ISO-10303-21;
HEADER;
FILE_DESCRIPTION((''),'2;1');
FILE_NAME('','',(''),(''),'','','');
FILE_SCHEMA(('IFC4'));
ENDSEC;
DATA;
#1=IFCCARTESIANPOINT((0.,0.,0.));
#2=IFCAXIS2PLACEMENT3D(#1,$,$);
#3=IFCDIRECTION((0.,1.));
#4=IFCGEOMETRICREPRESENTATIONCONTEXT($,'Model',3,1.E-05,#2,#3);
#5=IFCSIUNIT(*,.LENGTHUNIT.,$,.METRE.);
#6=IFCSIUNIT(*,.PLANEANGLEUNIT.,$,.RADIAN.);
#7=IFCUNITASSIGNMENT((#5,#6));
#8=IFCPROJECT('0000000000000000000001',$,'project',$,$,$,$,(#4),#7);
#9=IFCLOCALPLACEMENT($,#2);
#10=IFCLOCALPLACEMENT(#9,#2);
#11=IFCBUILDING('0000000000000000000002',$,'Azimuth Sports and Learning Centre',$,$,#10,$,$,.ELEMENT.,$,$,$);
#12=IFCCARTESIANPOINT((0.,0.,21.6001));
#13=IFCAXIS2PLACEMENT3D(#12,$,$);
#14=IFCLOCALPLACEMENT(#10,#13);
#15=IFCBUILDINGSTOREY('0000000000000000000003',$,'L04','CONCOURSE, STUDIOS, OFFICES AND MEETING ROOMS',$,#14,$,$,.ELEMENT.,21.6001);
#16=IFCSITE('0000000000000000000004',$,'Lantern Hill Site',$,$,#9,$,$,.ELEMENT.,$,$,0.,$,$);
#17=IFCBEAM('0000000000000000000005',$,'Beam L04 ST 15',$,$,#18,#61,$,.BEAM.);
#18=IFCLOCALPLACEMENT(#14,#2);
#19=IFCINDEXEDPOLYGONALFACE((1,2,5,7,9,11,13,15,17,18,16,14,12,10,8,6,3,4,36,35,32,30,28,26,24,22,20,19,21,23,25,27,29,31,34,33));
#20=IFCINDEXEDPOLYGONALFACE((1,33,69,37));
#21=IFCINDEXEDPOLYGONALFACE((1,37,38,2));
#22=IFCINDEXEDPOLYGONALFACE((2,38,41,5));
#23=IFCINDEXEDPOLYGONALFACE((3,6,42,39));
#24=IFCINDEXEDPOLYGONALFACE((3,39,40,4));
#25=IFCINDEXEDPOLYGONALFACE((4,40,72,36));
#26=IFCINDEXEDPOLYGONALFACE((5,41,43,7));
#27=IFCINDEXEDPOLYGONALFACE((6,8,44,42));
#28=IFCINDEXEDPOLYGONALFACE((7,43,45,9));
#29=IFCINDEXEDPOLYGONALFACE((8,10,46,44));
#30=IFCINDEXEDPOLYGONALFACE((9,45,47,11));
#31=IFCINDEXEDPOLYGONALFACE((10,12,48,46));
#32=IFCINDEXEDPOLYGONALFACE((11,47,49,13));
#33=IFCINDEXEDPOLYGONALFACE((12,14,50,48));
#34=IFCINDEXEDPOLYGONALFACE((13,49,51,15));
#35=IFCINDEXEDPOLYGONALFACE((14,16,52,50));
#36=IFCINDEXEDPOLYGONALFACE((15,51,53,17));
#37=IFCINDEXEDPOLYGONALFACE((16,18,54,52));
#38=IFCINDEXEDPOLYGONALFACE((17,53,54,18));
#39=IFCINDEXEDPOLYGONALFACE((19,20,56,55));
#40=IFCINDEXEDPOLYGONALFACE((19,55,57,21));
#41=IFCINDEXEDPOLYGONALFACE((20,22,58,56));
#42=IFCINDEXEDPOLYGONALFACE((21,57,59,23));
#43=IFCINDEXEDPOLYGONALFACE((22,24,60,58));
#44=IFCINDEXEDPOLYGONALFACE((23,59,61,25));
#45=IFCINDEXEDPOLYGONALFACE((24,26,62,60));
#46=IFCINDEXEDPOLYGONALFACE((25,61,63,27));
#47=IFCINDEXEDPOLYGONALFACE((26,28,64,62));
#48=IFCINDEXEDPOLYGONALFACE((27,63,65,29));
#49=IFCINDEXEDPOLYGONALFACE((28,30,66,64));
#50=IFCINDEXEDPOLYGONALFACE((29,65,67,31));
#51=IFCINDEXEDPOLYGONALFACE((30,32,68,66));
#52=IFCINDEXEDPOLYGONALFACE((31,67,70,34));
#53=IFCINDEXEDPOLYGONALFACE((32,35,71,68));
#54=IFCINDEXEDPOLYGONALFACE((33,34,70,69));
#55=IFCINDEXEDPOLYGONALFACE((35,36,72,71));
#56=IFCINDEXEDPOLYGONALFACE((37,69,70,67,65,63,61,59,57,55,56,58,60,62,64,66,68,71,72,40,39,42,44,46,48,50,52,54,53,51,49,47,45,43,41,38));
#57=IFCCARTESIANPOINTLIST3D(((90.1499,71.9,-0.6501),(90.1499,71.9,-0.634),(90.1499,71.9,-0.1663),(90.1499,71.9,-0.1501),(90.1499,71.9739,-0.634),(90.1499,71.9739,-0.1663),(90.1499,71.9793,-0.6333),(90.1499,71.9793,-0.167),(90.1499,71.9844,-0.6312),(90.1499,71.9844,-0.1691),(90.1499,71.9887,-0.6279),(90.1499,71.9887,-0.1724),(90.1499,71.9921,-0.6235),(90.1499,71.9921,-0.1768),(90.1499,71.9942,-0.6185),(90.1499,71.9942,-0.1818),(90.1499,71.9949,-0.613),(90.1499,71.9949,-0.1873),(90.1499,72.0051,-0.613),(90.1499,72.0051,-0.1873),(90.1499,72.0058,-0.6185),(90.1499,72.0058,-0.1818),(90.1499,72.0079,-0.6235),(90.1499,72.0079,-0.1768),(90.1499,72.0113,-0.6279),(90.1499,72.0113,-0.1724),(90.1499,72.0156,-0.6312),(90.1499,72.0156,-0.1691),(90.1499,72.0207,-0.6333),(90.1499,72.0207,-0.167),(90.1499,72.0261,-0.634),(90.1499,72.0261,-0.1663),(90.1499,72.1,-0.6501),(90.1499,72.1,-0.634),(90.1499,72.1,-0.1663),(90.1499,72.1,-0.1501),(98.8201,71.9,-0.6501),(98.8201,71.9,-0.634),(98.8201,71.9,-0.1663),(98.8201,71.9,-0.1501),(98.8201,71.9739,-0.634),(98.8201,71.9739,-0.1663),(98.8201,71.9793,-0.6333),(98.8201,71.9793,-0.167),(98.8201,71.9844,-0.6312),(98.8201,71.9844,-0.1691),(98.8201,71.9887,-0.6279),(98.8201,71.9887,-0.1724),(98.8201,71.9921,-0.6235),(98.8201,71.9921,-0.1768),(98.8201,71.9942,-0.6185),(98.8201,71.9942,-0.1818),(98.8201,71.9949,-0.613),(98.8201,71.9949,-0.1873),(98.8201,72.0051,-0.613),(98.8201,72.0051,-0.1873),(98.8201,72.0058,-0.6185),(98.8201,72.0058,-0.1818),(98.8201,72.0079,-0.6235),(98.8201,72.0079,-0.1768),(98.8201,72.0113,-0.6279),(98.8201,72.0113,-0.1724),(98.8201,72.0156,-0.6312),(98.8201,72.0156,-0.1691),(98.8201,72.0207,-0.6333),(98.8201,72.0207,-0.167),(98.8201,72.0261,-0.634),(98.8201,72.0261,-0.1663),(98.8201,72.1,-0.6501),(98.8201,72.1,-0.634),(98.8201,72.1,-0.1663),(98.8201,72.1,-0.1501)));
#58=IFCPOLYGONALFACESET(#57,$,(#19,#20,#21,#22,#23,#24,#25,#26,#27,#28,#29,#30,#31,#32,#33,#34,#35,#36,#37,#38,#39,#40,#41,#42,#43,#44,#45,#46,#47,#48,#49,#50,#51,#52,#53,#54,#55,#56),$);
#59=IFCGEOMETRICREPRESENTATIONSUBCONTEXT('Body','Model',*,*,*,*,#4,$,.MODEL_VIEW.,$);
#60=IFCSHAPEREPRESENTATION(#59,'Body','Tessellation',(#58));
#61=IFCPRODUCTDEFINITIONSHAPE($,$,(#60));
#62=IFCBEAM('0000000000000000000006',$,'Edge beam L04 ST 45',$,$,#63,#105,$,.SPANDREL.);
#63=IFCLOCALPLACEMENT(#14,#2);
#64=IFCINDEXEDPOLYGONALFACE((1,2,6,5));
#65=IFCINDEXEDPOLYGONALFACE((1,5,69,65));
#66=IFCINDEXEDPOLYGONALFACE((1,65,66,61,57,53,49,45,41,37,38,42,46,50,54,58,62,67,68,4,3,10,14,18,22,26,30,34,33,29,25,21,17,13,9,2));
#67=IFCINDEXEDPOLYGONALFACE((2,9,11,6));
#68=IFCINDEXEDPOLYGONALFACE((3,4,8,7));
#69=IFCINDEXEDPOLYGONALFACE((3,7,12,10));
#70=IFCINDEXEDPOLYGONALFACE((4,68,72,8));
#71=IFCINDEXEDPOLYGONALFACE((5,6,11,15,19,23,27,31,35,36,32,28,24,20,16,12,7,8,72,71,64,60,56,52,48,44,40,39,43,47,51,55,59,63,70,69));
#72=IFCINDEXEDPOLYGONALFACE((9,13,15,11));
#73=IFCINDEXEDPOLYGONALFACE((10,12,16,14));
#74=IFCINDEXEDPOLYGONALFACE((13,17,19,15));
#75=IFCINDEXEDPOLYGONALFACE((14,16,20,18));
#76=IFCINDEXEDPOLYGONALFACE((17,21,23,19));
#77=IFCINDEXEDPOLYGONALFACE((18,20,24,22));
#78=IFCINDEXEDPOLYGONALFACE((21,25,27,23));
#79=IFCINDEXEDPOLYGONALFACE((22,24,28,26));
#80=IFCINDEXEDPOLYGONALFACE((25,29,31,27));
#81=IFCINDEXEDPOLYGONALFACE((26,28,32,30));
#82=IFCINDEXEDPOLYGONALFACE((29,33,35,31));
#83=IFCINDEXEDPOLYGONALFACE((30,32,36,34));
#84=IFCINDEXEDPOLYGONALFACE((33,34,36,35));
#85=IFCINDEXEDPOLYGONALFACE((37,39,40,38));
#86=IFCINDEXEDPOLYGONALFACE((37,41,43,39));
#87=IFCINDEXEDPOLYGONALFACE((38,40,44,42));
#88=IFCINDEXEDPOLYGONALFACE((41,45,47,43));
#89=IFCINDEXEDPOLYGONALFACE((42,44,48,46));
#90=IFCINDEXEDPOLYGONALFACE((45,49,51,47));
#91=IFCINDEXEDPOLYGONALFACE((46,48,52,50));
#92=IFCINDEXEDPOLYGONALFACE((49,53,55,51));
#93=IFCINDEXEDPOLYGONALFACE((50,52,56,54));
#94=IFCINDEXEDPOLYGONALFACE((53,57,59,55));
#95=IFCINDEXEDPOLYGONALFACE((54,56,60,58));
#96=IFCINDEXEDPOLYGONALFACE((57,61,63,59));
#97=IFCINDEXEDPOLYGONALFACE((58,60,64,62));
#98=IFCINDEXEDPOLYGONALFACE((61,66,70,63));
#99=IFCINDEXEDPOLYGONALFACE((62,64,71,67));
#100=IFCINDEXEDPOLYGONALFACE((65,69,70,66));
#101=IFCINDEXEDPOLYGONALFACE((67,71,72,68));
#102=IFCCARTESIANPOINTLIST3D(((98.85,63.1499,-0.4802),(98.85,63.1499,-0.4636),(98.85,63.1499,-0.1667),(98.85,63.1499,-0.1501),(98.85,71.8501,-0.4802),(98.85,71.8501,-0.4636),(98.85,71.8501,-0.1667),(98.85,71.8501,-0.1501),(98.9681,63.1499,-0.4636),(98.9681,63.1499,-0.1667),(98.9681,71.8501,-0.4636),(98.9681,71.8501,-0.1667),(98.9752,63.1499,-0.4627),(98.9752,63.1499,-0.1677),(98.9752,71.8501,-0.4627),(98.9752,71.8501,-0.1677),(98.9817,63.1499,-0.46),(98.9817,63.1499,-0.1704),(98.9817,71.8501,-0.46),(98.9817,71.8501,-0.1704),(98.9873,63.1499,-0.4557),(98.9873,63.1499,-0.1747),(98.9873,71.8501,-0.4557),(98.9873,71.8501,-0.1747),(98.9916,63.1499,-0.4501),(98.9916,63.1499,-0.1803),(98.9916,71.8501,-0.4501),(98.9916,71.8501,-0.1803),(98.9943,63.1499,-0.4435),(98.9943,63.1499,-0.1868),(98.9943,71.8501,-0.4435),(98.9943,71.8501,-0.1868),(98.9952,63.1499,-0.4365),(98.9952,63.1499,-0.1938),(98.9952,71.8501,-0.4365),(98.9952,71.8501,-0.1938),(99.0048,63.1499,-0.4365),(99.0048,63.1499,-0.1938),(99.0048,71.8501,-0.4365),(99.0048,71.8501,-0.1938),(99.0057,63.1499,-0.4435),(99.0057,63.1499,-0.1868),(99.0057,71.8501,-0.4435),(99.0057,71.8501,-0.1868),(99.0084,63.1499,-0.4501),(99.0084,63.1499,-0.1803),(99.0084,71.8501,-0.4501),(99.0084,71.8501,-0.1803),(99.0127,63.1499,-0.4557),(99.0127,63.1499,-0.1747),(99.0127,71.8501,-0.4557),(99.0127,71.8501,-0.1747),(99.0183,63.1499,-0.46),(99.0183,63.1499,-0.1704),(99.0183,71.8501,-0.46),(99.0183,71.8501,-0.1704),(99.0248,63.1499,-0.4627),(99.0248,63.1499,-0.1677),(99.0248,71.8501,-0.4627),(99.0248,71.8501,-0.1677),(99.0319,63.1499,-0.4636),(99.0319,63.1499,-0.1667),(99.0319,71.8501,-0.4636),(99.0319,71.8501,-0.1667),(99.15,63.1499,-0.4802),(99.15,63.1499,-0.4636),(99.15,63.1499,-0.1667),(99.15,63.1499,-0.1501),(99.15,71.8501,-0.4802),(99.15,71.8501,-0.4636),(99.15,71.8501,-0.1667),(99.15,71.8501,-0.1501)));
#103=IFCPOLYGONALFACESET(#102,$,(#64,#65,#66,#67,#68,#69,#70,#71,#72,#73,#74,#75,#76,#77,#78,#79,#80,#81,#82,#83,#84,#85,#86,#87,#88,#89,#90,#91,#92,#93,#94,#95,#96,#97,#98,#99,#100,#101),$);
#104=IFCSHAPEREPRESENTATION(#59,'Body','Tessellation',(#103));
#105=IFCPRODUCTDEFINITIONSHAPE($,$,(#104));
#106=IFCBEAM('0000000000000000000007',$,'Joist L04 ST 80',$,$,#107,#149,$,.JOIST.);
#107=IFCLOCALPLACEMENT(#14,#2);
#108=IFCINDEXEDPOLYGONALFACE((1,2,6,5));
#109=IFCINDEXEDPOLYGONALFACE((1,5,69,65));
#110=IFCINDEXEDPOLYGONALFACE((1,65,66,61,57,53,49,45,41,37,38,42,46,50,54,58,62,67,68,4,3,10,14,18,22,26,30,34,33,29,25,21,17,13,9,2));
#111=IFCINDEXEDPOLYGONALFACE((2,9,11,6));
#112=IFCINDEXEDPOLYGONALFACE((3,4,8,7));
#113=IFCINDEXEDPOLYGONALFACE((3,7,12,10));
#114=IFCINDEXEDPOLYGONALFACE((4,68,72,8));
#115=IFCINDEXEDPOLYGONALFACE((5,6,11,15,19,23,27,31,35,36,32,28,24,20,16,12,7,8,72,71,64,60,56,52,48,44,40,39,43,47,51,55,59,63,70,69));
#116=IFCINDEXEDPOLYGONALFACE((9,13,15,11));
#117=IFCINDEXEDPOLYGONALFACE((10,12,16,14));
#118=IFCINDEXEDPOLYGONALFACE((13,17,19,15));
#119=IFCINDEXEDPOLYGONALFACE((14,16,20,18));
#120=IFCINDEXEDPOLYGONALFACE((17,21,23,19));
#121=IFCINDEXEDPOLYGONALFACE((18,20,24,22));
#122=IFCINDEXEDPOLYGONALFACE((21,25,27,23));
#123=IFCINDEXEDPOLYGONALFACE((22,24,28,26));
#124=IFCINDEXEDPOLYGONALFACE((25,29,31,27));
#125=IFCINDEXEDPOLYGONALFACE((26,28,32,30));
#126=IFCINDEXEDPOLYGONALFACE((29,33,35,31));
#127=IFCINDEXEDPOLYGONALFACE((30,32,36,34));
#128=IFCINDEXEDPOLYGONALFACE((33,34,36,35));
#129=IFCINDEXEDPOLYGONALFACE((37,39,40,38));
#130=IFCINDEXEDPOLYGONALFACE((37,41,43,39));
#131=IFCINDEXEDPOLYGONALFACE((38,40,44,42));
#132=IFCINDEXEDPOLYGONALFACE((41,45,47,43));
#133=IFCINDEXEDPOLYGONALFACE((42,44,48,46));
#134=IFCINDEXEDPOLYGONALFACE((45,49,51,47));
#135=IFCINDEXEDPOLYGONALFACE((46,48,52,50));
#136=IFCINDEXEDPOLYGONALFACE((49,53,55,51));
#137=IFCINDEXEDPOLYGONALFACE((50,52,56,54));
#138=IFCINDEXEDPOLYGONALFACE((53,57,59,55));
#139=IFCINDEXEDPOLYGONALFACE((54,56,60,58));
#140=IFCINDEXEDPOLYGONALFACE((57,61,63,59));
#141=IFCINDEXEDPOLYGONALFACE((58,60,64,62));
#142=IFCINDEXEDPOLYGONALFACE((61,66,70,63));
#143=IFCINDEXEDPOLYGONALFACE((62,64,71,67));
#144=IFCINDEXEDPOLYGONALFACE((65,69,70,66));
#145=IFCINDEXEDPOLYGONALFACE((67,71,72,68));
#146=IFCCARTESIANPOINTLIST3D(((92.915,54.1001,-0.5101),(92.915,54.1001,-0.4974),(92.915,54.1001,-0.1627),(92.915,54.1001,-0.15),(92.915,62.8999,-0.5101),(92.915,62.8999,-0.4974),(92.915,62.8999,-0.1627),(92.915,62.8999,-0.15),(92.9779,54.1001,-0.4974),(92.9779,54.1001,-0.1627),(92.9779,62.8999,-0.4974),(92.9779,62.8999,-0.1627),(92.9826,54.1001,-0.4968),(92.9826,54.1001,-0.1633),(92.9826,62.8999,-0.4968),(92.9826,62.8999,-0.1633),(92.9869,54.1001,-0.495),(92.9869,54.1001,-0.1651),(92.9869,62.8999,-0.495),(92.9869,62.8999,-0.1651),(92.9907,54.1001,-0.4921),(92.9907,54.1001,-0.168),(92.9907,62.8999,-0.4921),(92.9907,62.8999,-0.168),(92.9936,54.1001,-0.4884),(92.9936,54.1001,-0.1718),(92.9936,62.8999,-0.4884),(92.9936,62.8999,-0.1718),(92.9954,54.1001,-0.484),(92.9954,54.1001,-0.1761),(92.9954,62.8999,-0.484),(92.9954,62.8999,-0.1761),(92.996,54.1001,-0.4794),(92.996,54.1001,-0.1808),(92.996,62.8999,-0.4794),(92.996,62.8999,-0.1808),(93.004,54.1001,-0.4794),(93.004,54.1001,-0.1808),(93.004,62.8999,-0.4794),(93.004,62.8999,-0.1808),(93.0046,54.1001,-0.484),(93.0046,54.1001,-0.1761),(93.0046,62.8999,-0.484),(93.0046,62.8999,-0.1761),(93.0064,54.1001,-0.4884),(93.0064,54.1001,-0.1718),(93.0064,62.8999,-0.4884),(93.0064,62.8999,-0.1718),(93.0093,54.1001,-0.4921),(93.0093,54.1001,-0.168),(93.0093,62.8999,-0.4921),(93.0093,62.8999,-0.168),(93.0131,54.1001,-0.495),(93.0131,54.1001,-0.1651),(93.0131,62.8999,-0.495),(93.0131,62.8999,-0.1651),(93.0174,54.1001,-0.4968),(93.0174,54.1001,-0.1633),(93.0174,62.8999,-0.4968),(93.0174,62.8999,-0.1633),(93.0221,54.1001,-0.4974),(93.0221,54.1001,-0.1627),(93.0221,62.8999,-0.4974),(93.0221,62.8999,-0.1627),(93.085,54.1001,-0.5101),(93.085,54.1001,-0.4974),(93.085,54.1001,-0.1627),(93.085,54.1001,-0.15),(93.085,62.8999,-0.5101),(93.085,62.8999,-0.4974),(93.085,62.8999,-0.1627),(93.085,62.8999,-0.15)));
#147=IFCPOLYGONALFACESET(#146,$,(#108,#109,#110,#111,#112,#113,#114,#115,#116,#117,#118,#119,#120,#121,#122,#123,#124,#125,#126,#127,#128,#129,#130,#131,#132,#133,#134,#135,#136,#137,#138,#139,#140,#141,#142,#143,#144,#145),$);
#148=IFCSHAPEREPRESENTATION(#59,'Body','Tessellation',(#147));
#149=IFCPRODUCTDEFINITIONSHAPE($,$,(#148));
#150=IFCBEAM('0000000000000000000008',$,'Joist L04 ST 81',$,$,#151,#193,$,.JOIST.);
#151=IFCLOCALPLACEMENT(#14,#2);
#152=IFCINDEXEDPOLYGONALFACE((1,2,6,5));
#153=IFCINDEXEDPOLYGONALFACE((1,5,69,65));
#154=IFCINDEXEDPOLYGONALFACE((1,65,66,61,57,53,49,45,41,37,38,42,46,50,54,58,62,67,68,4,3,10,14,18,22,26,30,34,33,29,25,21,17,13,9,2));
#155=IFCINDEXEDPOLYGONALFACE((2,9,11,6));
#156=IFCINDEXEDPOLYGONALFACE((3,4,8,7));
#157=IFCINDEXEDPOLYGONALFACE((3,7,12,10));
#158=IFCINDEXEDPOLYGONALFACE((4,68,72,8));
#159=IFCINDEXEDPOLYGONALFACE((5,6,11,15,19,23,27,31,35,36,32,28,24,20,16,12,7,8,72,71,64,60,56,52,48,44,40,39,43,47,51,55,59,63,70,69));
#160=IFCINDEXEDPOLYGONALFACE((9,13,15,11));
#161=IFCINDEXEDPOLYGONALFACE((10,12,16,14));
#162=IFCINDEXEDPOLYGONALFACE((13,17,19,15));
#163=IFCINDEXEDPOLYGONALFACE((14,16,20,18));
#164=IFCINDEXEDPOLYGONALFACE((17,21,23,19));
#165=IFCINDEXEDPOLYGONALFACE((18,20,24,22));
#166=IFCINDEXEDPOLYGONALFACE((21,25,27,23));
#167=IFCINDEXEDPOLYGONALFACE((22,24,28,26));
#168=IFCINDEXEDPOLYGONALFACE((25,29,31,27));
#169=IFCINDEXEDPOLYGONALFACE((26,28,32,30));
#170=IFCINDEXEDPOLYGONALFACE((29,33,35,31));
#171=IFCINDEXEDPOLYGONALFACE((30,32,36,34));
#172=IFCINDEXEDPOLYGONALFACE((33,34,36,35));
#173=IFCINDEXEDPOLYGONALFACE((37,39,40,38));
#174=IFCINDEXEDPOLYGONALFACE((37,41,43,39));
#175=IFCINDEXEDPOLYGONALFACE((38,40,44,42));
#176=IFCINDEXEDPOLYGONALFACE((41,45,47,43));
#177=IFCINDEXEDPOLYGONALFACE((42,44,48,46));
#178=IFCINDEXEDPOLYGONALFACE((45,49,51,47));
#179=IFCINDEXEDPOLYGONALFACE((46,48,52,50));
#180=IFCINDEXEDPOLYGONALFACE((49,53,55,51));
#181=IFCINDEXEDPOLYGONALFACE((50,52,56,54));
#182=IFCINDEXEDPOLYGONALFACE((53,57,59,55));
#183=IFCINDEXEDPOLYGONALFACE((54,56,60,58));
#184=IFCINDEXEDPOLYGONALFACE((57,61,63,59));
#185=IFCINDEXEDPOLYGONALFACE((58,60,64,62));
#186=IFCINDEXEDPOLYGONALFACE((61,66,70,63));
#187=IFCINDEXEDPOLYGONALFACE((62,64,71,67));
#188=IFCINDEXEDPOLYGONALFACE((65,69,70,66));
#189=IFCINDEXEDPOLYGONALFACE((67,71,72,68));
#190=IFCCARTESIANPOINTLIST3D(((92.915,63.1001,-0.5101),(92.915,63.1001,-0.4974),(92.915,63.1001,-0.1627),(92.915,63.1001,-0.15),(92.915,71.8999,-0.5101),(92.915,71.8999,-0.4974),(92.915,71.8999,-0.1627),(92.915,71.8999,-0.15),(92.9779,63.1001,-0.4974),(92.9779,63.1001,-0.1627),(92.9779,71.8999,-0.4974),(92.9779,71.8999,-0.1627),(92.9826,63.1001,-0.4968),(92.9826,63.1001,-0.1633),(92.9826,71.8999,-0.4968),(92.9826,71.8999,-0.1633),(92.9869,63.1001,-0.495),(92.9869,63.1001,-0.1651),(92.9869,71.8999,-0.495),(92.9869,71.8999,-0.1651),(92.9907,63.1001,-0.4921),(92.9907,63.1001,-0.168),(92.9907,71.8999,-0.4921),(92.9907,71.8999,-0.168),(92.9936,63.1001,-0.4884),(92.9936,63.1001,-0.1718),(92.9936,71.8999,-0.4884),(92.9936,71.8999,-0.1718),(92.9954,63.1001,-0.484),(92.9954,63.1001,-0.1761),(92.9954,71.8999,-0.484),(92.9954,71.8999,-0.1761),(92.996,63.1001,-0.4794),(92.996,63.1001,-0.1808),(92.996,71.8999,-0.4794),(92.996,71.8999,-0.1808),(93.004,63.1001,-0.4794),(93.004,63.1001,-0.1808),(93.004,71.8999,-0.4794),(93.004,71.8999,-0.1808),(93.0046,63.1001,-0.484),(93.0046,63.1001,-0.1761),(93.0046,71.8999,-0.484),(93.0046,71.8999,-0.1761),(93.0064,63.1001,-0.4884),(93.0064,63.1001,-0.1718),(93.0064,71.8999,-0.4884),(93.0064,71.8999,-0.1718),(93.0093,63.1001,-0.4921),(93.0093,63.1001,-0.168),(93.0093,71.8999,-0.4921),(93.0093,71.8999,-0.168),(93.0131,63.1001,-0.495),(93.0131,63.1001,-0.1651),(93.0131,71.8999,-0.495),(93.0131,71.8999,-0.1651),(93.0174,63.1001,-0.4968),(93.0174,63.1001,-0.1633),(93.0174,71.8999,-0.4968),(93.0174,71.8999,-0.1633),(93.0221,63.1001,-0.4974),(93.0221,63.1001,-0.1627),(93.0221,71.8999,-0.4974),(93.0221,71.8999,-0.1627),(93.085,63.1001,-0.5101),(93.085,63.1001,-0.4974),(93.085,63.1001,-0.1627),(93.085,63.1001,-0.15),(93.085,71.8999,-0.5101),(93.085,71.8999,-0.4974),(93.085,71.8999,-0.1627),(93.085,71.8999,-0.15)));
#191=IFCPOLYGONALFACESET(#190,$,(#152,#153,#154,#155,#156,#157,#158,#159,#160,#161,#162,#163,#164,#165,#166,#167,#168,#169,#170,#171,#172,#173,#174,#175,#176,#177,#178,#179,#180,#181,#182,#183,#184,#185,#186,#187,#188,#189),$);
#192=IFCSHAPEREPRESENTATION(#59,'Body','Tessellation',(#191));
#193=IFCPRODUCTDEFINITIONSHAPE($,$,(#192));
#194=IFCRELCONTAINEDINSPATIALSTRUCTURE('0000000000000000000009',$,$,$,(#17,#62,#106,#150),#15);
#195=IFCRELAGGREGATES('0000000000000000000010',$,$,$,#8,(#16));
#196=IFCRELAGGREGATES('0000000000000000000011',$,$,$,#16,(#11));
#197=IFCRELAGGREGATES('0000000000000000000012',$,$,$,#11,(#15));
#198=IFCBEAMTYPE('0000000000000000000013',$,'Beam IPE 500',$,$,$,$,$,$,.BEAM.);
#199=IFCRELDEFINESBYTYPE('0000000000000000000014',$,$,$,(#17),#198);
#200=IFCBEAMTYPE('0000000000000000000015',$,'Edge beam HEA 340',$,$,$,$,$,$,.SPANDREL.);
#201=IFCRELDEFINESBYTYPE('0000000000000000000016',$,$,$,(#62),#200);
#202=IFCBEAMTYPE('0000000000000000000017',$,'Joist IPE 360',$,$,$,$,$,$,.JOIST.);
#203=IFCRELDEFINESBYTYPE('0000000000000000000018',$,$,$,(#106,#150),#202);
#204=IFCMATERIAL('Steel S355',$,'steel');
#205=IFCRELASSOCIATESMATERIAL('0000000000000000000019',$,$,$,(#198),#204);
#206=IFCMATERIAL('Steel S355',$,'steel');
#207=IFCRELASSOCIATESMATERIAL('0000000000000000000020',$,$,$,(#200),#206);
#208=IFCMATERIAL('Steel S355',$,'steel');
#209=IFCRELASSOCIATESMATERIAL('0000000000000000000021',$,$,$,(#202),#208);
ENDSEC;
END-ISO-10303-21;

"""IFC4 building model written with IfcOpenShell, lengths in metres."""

from ifc_helpers import new_model, si_unit, direction, frame, origin, origin_2d, place, context, subcontext, project, spatial, i_section, extrude, material, material_profile, profile_set, type_object, element, save


model = new_model("IFC4")

# Units and contexts
model_context = context("Model", 3, precision=1e-05, world=origin(), true_north=direction((0.0, 1.0)))
body_context = subcontext(model_context, "Body", "Model", "MODEL_VIEW")
ifc_project = project(units=[si_unit("LENGTHUNIT", "METRE"), si_unit("PLANEANGLEUNIT", "RADIAN")], contexts=[model_context])

# Site, building, storey
site_placement = place(None, origin())
site = spatial("IfcSite", under=ifc_project, at=site_placement, Name="Lantern Hill Site", CompositionType="ELEMENT", RefElevation=0.0)
building_placement = place(site_placement, origin())
building = spatial("IfcBuilding", under=site, at=building_placement, Name="Azimuth Sports and Learning Centre", CompositionType="ELEMENT")
storey_placement = place(building_placement, frame((0.0, 0.0, 21.6001)))
storey = spatial("IfcBuildingStorey", under=building, at=storey_placement, Name="L04", Description="CONCOURSE, STUDIOS, OFFICES AND MEETING ROOMS", CompositionType="ELEMENT", Elevation=21.6001)

# Beams
ifc_material_1 = material(Name="Steel S355", Category="steel")
ifc_material_profile_1 = material_profile(ifc_material_1, i_section(OverallWidth=0.2, OverallDepth=0.5, WebThickness=0.0103, FlangeThickness=0.0161, FilletRadius=0.021, at=origin_2d()), Name="IPE 500")
ifc_profile_set_1 = profile_set([ifc_material_profile_1], Name="Steel S355")
beam_type_1 = type_object("IfcBeamType", Name="Beam IPE 500", PredefinedType="BEAM", material=ifc_profile_set_1)
beam_1_placement = place(storey_placement, frame((90.1499, 72.0, -0.4001), z_axis=(1.0, 0.0, 0.0), x_axis=(0.0, 1.0, 0.0)))
element("IfcBeam", 1, at=beam_1_placement, inside=storey, type_object=beam_type_1, Name="Beam L04 ST 15", PredefinedType="BEAM", context=body_context, shape_type="SweptSolid", body=[
    extrude(i_section(OverallWidth=0.2, OverallDepth=0.5, WebThickness=0.0103, FlangeThickness=0.0161, FilletRadius=0.021, at=origin_2d()), origin(), (0.0, 0.0, 1.0), 8.6702),
])
ifc_material_2 = material(Name="Steel S355", Category="steel")
ifc_material_profile_2 = material_profile(ifc_material_2, i_section(OverallWidth=0.3, OverallDepth=0.3301, WebThickness=0.0095, FlangeThickness=0.0166, FilletRadius=0.0271, at=origin_2d()), Name="HEA 340")
ifc_profile_set_2 = profile_set([ifc_material_profile_2], Name="Steel S355")
beam_type_2 = type_object("IfcBeamType", Name="Edge beam HEA 340", PredefinedType="SPANDREL", material=ifc_profile_set_2)
beam_2_placement = place(storey_placement, frame((99.0, 63.1499, -0.3152), z_axis=(0.0, 1.0, 0.0), x_axis=(-1.0, 0.0, 0.0)))
element("IfcBeam", 2, at=beam_2_placement, inside=storey, type_object=beam_type_2, Name="Edge beam L04 ST 45", PredefinedType="SPANDREL", context=body_context, shape_type="SweptSolid", body=[
    extrude(i_section(OverallWidth=0.3, OverallDepth=0.3301, WebThickness=0.0095, FlangeThickness=0.0166, FilletRadius=0.0271, at=origin_2d()), origin(), (0.0, 0.0, 1.0), 8.7002),
])
ifc_material_3 = material(Name="Steel S355", Category="steel")
ifc_material_profile_3 = material_profile(ifc_material_3, i_section(OverallWidth=0.1699, OverallDepth=0.3601, WebThickness=0.0081, FlangeThickness=0.0127, FilletRadius=0.0181, at=origin_2d()), Name="IPE 360")
ifc_profile_set_3 = profile_set([ifc_material_profile_3], Name="Steel S355")
beam_type_3 = type_object("IfcBeamType", Name="Joist IPE 360", PredefinedType="JOIST", material=ifc_profile_set_3)
for number, where, z_axis, x_axis, name in (
    (3, (93.0, 54.1001, -0.3301), (0.0, 1.0, 0.0), (-1.0, 0.0, 0.0), "Joist L04 ST 80"),
    (4, (93.0, 63.1001, -0.3301), (0.0, 1.0, 0.0), (-1.0, 0.0, 0.0), "Joist L04 ST 81"),
):
    element("IfcBeam", number, at=place(storey_placement, frame(where, z_axis=z_axis, x_axis=x_axis)), inside=storey, type_object=beam_type_3, Name=name, PredefinedType="JOIST", context=body_context, shape_type="SweptSolid", body=[
        extrude(i_section(OverallWidth=0.1699, OverallDepth=0.3601, WebThickness=0.0081, FlangeThickness=0.0127, FilletRadius=0.0181, at=origin_2d()), origin(), (0.0, 0.0, 1.0), 8.7998),
    ])

save(model, "model.ifc")
